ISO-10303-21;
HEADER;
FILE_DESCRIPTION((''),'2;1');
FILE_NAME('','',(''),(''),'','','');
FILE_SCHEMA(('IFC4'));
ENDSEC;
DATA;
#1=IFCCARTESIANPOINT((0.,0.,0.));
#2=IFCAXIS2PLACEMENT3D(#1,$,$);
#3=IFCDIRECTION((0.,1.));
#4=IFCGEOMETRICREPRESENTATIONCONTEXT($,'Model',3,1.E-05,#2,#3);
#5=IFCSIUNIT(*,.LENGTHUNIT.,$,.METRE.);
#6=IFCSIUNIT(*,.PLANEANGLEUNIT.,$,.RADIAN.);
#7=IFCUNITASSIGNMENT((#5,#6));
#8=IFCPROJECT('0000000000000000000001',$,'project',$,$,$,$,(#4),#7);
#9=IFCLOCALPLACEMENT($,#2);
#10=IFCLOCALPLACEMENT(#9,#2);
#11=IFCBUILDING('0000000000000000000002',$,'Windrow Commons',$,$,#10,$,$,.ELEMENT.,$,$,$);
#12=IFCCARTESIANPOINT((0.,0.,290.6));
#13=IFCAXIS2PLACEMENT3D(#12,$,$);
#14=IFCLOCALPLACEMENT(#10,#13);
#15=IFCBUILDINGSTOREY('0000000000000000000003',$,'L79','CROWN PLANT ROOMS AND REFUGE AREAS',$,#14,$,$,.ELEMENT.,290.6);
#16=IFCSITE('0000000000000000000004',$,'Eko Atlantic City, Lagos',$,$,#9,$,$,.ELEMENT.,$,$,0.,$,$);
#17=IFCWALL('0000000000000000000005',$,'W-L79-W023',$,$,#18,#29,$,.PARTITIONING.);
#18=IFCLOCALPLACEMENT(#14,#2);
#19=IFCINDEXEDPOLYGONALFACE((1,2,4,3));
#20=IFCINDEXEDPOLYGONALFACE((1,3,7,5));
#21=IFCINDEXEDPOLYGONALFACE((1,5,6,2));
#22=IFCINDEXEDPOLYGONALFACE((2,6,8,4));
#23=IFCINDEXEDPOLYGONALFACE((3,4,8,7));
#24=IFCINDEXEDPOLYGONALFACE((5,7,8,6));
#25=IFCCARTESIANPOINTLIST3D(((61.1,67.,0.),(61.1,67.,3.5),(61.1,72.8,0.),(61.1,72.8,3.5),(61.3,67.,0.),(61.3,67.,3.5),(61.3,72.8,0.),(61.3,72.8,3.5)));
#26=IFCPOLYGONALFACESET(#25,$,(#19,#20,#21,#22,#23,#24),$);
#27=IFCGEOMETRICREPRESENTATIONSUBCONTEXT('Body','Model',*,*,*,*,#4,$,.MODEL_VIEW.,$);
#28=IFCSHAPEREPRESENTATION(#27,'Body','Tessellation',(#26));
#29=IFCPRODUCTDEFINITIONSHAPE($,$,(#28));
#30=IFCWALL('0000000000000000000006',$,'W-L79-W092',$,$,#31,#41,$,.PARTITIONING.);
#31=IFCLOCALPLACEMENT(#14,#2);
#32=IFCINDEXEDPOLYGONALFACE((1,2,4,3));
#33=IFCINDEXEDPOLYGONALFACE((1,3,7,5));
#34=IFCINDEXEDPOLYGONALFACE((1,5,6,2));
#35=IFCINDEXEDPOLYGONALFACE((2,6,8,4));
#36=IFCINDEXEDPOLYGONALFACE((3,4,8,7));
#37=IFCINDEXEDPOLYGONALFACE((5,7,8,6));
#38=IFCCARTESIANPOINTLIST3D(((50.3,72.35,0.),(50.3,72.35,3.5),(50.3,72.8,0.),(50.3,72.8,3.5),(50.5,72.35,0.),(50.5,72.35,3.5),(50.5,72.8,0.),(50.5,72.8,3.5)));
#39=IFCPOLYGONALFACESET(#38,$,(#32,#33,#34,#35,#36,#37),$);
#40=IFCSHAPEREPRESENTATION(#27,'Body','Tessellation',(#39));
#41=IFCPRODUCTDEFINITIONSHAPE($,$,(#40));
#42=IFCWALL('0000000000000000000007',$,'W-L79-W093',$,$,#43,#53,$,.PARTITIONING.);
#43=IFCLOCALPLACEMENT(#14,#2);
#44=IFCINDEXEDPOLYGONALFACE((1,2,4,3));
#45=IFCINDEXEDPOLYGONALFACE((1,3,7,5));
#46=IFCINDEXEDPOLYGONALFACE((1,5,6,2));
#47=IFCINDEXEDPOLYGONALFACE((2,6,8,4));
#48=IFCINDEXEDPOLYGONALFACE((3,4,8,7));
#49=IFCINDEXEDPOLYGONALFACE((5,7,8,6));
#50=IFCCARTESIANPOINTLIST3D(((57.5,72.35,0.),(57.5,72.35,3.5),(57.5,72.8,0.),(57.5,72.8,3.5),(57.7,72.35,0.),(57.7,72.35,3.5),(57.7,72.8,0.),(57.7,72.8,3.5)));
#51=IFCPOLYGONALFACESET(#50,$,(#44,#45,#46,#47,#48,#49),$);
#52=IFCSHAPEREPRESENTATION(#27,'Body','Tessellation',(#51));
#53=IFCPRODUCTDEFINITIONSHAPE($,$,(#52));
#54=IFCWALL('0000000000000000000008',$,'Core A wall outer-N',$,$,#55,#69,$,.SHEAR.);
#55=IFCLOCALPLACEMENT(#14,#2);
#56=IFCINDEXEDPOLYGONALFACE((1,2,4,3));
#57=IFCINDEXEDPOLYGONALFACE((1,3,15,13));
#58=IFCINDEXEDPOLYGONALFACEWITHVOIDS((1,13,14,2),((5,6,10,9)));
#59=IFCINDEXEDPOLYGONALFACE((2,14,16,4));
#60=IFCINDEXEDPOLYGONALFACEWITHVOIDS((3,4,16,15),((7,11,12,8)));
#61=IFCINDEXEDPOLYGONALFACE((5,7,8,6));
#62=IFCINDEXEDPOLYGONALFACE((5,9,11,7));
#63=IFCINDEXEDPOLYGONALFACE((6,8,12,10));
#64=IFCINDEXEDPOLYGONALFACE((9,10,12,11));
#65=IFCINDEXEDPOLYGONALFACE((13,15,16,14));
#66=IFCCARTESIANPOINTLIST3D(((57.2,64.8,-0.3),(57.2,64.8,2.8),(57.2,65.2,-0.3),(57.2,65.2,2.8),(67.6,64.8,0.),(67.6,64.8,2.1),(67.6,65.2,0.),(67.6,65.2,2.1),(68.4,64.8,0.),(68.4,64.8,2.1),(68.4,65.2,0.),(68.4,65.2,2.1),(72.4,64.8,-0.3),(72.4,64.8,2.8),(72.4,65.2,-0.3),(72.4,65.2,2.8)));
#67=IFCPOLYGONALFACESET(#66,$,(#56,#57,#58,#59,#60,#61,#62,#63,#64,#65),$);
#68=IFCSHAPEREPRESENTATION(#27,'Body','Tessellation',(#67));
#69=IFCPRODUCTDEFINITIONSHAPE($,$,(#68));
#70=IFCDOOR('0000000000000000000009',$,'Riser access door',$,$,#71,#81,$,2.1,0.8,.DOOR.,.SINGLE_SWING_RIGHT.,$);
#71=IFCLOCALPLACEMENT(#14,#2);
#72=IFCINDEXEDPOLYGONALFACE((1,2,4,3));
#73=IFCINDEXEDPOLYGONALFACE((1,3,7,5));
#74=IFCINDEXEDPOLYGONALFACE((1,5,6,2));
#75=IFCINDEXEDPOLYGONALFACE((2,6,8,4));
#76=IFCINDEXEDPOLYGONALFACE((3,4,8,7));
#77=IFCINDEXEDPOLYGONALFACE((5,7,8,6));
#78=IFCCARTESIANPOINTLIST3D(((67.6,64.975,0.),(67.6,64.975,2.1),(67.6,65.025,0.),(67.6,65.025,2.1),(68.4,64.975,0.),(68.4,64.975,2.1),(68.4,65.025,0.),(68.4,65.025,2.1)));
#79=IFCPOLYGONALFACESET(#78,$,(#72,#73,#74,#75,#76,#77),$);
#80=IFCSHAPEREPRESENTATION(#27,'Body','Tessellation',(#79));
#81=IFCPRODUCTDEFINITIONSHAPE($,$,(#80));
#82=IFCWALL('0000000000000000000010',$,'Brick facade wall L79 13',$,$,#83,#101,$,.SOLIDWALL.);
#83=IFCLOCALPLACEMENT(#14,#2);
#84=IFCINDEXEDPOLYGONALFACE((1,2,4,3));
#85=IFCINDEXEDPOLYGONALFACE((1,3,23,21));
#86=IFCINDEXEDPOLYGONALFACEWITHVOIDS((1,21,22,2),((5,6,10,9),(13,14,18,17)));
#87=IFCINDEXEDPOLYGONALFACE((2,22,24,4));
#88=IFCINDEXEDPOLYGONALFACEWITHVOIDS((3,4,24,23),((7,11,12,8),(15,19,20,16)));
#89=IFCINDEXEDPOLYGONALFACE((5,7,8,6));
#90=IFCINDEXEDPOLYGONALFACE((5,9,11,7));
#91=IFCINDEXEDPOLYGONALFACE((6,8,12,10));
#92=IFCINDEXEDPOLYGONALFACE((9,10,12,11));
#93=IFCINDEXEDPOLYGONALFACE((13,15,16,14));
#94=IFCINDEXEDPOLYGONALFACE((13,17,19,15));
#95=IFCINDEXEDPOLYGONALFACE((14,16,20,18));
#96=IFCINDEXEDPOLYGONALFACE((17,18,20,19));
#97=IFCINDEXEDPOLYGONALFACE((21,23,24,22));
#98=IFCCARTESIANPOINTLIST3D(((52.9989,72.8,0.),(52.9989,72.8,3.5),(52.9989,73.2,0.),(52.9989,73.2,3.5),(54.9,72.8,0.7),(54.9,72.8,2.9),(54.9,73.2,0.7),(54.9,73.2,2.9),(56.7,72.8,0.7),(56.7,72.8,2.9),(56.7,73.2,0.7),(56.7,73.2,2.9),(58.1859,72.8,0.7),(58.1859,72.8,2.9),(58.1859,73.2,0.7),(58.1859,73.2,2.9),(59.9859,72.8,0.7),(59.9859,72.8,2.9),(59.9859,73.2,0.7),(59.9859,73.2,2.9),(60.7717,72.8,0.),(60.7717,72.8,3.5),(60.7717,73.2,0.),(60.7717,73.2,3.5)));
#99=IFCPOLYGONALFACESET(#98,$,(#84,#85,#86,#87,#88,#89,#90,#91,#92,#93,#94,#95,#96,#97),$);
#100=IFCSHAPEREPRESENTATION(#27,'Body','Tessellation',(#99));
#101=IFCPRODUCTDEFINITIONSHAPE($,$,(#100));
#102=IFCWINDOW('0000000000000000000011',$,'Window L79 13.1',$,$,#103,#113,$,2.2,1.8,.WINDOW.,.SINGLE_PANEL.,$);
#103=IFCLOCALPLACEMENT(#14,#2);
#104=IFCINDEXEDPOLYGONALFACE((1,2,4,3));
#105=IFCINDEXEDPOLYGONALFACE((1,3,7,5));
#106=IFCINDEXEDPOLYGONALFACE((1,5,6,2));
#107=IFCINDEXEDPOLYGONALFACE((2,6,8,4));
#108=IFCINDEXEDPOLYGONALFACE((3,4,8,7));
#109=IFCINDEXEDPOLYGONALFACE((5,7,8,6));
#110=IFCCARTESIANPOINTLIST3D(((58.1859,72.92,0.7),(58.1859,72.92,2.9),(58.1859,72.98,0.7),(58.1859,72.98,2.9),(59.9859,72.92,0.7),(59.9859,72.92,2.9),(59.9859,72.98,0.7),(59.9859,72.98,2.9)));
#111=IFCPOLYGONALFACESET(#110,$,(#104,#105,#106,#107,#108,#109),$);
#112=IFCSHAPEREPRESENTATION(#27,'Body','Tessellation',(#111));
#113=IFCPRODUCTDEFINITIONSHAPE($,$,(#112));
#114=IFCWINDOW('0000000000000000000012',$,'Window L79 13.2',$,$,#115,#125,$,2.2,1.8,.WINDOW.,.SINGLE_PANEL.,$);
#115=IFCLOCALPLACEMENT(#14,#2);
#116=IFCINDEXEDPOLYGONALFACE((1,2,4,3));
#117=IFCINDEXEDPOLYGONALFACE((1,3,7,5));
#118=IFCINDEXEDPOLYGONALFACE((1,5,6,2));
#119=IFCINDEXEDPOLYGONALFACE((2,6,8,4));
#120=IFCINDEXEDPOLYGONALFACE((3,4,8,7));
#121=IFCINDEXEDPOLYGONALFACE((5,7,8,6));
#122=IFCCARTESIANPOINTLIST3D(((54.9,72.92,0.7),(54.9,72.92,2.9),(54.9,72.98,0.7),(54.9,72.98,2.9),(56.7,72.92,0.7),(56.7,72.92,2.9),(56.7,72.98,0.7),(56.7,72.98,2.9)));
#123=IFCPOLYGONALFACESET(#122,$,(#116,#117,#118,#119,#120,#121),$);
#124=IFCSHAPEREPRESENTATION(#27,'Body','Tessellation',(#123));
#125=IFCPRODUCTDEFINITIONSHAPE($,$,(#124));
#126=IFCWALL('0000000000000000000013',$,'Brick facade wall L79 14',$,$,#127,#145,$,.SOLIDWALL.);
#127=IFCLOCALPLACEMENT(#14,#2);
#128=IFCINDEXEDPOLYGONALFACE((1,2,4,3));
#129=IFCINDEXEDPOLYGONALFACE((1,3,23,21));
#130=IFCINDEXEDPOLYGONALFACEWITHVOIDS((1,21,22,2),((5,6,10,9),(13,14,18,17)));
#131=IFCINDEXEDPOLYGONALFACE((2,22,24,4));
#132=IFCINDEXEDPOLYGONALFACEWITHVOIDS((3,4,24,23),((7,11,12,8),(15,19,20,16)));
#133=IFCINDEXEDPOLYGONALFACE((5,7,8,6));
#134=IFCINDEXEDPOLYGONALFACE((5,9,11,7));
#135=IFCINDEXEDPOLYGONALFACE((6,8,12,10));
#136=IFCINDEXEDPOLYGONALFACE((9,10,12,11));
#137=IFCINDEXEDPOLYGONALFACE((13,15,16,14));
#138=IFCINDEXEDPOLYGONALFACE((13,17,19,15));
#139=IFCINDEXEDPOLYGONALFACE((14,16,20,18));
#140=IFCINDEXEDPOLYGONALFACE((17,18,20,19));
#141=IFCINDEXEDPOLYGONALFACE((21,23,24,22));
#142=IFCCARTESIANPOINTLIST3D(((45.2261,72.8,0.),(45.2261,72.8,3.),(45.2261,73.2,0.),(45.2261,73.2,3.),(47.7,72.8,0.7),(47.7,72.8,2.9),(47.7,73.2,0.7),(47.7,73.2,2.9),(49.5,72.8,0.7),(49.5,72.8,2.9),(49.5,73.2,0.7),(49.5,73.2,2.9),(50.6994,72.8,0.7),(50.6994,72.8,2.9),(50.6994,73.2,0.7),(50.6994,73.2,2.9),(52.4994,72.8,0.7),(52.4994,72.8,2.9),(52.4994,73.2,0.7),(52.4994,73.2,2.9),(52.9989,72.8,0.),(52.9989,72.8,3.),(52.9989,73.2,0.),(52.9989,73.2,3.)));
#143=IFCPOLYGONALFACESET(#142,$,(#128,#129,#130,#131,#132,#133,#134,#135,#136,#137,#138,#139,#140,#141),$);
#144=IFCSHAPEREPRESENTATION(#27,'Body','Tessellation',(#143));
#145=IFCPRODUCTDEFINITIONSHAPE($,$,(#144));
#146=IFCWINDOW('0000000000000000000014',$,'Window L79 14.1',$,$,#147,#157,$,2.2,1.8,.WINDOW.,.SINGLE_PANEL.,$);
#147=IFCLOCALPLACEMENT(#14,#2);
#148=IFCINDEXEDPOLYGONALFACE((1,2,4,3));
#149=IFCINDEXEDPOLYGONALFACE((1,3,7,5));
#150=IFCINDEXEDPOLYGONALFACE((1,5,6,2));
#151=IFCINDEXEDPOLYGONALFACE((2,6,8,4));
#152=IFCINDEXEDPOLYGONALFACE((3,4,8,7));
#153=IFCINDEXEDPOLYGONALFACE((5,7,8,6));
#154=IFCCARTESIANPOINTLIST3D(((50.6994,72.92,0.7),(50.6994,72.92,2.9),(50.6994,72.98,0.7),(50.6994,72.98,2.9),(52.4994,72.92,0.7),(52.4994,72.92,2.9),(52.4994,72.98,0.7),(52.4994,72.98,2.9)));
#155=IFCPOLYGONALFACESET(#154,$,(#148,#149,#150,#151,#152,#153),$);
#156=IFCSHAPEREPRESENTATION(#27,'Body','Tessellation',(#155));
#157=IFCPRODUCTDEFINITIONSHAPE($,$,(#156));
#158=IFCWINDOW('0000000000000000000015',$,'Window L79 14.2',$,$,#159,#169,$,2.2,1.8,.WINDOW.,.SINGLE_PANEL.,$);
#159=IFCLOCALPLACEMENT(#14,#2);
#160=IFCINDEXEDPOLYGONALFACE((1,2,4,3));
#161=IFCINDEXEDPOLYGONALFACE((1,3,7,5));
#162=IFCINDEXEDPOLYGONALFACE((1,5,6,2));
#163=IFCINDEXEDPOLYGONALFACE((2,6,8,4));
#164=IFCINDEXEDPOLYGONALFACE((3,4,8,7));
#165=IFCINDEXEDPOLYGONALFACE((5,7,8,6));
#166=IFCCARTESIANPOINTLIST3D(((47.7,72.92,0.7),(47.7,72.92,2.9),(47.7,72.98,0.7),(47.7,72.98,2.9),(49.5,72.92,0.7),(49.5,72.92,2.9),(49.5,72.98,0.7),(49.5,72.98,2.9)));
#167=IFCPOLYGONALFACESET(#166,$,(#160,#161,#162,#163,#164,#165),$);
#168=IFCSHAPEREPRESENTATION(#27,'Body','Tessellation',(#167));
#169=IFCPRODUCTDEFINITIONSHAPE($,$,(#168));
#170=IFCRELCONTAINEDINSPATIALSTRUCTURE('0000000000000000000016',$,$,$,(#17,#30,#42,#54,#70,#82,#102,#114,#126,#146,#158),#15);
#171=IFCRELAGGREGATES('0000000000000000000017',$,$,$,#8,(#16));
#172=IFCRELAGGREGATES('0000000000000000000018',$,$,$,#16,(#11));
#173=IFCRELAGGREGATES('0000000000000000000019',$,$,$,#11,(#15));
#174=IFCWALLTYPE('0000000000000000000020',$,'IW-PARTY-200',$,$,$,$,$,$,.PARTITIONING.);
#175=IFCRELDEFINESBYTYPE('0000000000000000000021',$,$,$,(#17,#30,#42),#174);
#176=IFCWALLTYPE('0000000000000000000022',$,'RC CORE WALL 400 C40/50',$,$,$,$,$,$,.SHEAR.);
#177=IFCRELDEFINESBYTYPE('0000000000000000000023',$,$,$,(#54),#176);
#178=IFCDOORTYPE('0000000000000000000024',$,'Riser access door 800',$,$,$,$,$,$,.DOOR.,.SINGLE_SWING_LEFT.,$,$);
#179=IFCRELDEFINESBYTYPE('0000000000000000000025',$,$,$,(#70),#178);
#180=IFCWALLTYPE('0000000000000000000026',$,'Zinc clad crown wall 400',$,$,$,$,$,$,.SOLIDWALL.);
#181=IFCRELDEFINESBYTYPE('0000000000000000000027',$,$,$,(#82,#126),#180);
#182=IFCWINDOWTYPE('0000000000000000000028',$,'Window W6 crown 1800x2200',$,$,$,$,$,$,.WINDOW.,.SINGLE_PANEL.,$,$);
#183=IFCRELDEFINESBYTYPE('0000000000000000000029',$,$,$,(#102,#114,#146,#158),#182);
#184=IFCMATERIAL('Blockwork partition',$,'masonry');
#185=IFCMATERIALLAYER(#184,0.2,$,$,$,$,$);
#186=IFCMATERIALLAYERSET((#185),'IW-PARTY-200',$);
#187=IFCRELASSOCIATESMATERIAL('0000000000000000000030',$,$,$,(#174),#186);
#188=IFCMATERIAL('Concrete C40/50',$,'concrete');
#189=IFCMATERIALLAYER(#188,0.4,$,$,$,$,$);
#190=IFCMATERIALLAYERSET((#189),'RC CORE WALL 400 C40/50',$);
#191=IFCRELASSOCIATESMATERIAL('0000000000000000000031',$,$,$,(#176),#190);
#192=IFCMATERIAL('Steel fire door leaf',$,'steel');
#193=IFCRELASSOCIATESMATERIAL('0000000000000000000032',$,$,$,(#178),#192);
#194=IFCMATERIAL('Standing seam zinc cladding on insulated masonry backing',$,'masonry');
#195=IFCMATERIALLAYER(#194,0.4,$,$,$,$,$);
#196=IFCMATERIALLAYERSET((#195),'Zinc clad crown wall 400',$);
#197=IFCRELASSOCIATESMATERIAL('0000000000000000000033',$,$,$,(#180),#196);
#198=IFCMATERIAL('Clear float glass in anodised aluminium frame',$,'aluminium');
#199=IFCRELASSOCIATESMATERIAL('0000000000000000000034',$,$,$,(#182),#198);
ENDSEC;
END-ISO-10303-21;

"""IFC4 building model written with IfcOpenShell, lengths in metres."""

from ifc_helpers import new_model, si_unit, direction, frame, frame_2d, origin, place, context, subcontext, project, spatial, polyline, rectangle, outline, extrude, material, layer, layer_set, type_object, element, fill, save


model = new_model("IFC4")

# Units and contexts
model_context = context("Model", 3, precision=1e-05, world=origin(), true_north=direction((0.0, 1.0)))
body_context = subcontext(model_context, "Body", "Model", "MODEL_VIEW")
ifc_project = project(units=[si_unit("LENGTHUNIT", "METRE"), si_unit("PLANEANGLEUNIT", "RADIAN")], contexts=[model_context])

# Site, building, storey
site_placement = place(None, origin())
site = spatial("IfcSite", under=ifc_project, at=site_placement, Name="Eko Atlantic City, Lagos", CompositionType="ELEMENT", RefElevation=0.0)
building_placement = place(site_placement, origin())
building = spatial("IfcBuilding", under=site, at=building_placement, Name="Windrow Commons", CompositionType="ELEMENT")
storey_placement = place(building_placement, frame((0.0, 0.0, 290.6)))
storey = spatial("IfcBuildingStorey", under=building, at=storey_placement, Name="L79", Description="CROWN PLANT ROOMS AND REFUGE AREAS", CompositionType="ELEMENT", Elevation=290.6)

# Walls
ifc_material_1 = material(Name="Blockwork partition", Category="masonry")
ifc_layer_1 = layer(ifc_material_1, 0.2)
ifc_layer_set_1 = layer_set([ifc_layer_1], Name="IW-PARTY-200")
wall_type_1 = type_object("IfcWallType", Name="IW-PARTY-200", PredefinedType="PARTITIONING", material=ifc_layer_set_1)
wall_1_placement = place(storey_placement, frame((61.2, 67.0, 0.0), z_axis=(0.0, 0.0, 1.0), x_axis=(0.0, 1.0, 0.0)))
element("IfcWall", 1, at=wall_1_placement, inside=storey, type_object=wall_type_1, Name="W-L79-W023", PredefinedType="PARTITIONING", context=body_context, shape_type="SweptSolid", body=[
    extrude(outline(polyline([(0.0, -0.1), (5.8, -0.1), (5.8, 0.1), (0.0, 0.1), (0.0, -0.1)])), origin(), (0.0, 0.0, 1.0), 3.5),
])
for number, where, z_axis, x_axis, name in (
    (2, (50.4, 72.35, 0.0), (0.0, 0.0, 1.0), (0.0, 1.0, 0.0), "W-L79-W092"),
    (3, (57.6, 72.35, 0.0), (0.0, 0.0, 1.0), (0.0, 1.0, 0.0), "W-L79-W093"),
):
    element("IfcWall", number, at=place(storey_placement, frame(where, z_axis=z_axis, x_axis=x_axis)), inside=storey, type_object=wall_type_1, Name=name, PredefinedType="PARTITIONING", context=body_context, shape_type="SweptSolid", body=[
        extrude(outline(polyline([(0.0, -0.1), (0.45, -0.1), (0.45, 0.1), (0.0, 0.1), (0.0, -0.1)])), origin(), (0.0, 0.0, 1.0), 3.5),
    ])

# Wall, opening, door
ifc_material_2 = material(Name="Concrete C40/50", Category="concrete")
ifc_layer_2 = layer(ifc_material_2, 0.4)
ifc_layer_set_2 = layer_set([ifc_layer_2], Name="RC CORE WALL 400 C40/50")
wall_type_2 = type_object("IfcWallType", Name="RC CORE WALL 400 C40/50", PredefinedType="SHEAR", material=ifc_layer_set_2)
wall_2_placement = place(storey_placement, frame((57.2, 65.0, -0.3), z_axis=(0.0, 0.0, 1.0), x_axis=(1.0, 0.0, 0.0)))
wall_2 = element("IfcWall", 4, at=wall_2_placement, inside=storey, type_object=wall_type_2, Name="Core A wall outer-N", PredefinedType="SHEAR", context=body_context, shape_type="SweptSolid", body=[
    extrude(rectangle(XDim=15.2, YDim=0.4, at=frame_2d((7.6, 0.0))), origin(), (0.0, 0.0, 1.0), 3.1),
])
opening_1_placement = place(wall_2_placement, frame((10.4, 0.0, 0.3)))
opening_1 = element("IfcOpeningElement", 5, at=opening_1_placement, cuts=wall_2, PredefinedType="OPENING", context=body_context, shape_type="SweptSolid", body=[
    extrude(rectangle(XDim=0.8, YDim=2.1, at=frame_2d((0.4, 1.05))), frame((0.0, 0.21, 0.0), z_axis=(0.0, -1.0, 0.0), x_axis=(1.0, 0.0, 0.0)), (0.0, 0.0, 1.0), 0.42),
])
ifc_material_3 = material(Name="Steel fire door leaf", Category="steel")
door_type_1 = type_object("IfcDoorType", Name="Riser access door 800", OperationType="SINGLE_SWING_LEFT", PredefinedType="DOOR", material=ifc_material_3)
door_1_placement = place(opening_1_placement, origin())
door_1 = element("IfcDoor", 6, at=door_1_placement, inside=storey, type_object=door_type_1, Name="Riser access door", OperationType="SINGLE_SWING_RIGHT", OverallHeight=2.1, OverallWidth=0.8, PredefinedType="DOOR", context=body_context, shape_type="SweptSolid", body=[
    extrude(rectangle(XDim=0.8, YDim=2.1, at=frame_2d((0.4, 1.05))), frame((0.0, 0.025, 0.0), z_axis=(0.0, -1.0, 0.0), x_axis=(1.0, 0.0, 0.0)), (0.0, 0.0, 1.0), 0.05),
])
fill(opening_1, door_1)

# Walls, openings, windows
ifc_material_4 = material(Name="Standing seam zinc cladding on insulated masonry backing", Category="masonry")
ifc_layer_3 = layer(ifc_material_4, 0.4)
ifc_layer_set_3 = layer_set([ifc_layer_3], Name="Zinc clad crown wall 400")
wall_type_3 = type_object("IfcWallType", Name="Zinc clad crown wall 400", PredefinedType="SOLIDWALL", material=ifc_layer_set_3)
wall_3_placement = place(storey_placement, frame((60.7717, 73.0, 0.0), z_axis=(0.0, 0.0, 1.0), x_axis=(-1.0, 0.0, 0.0)))
wall_3 = element("IfcWall", 7, at=wall_3_placement, inside=storey, type_object=wall_type_3, Name="Brick facade wall L79 13", PredefinedType="SOLIDWALL", context=body_context, shape_type="SweptSolid", body=[
    extrude(outline(polyline([(0.0, -0.2), (7.7728, -0.2), (7.7728, 0.2), (0.0, 0.2), (0.0, -0.2)])), origin(), (0.0, 0.0, 1.0), 3.5),
])
opening_2_placement = place(wall_3_placement, frame((0.7858, 0.0, 0.7)))
opening_2 = element("IfcOpeningElement", 8, at=opening_2_placement, cuts=wall_3, PredefinedType="OPENING", context=body_context, shape_type="SweptSolid", body=[
    extrude(rectangle(XDim=1.8, YDim=2.2, at=frame_2d((0.9, 1.1))), frame((0.0, 0.21, 0.0), z_axis=(0.0, -1.0, 0.0), x_axis=(1.0, 0.0, 0.0)), (0.0, 0.0, 1.0), 0.42),
])
opening_3_placement = place(wall_3_placement, frame((4.0717, 0.0, 0.7)))
opening_3 = element("IfcOpeningElement", 9, at=opening_3_placement, cuts=wall_3, PredefinedType="OPENING", context=body_context, shape_type="SweptSolid", body=[
    extrude(rectangle(XDim=1.8, YDim=2.2, at=frame_2d((0.9, 1.1))), frame((0.0, 0.21, 0.0), z_axis=(0.0, -1.0, 0.0), x_axis=(1.0, 0.0, 0.0)), (0.0, 0.0, 1.0), 0.42),
])
ifc_material_5 = material(Name="Clear float glass in anodised aluminium frame", Category="aluminium")
window_type = type_object("IfcWindowType", Name="Window W6 crown 1800x2200", PartitioningType="SINGLE_PANEL", PredefinedType="WINDOW", material=ifc_material_5)
window_1_placement = place(opening_2_placement, origin())
window_1 = element("IfcWindow", 10, at=window_1_placement, inside=storey, type_object=window_type, Name="Window L79 13.1", OverallHeight=2.2, OverallWidth=1.8, PartitioningType="SINGLE_PANEL", PredefinedType="WINDOW", context=body_context, shape_type="SweptSolid", body=[
    extrude(rectangle(XDim=1.8, YDim=2.2, at=frame_2d((0.9, 1.1))), frame((0.0, 0.08, 0.0), z_axis=(0.0, -1.0, 0.0), x_axis=(1.0, 0.0, 0.0)), (0.0, 0.0, 1.0), 0.06),
])
fill(opening_2, window_1)
window_2_placement = place(opening_3_placement, origin())
window_2 = element("IfcWindow", 11, at=window_2_placement, inside=storey, type_object=window_type, Name="Window L79 13.2", OverallHeight=2.2, OverallWidth=1.8, PartitioningType="SINGLE_PANEL", PredefinedType="WINDOW", context=body_context, shape_type="SweptSolid", body=[
    extrude(rectangle(XDim=1.8, YDim=2.2, at=frame_2d((0.9, 1.1))), frame((0.0, 0.08, 0.0), z_axis=(0.0, -1.0, 0.0), x_axis=(1.0, 0.0, 0.0)), (0.0, 0.0, 1.0), 0.06),
])
fill(opening_3, window_2)
wall_4_placement = place(storey_placement, frame((52.9989, 73.0, 0.0), z_axis=(0.0, 0.0, 1.0), x_axis=(-1.0, 0.0, 0.0)))
wall_4 = element("IfcWall", 12, at=wall_4_placement, inside=storey, type_object=wall_type_3, Name="Brick facade wall L79 14", PredefinedType="SOLIDWALL", context=body_context, shape_type="SweptSolid", body=[
    extrude(outline(polyline([(0.0, -0.2), (7.7728, -0.2), (7.7728, 0.2), (0.0, 0.2), (0.0, -0.2)])), origin(), (0.0, 0.0, 1.0), 3.0),
])
opening_4_placement = place(wall_4_placement, frame((0.4995, 0.0, 0.7)))
opening_4 = element("IfcOpeningElement", 13, at=opening_4_placement, cuts=wall_4, PredefinedType="OPENING", context=body_context, shape_type="SweptSolid", body=[
    extrude(rectangle(XDim=1.8, YDim=2.2, at=frame_2d((0.9, 1.1))), frame((0.0, 0.21, 0.0), z_axis=(0.0, -1.0, 0.0), x_axis=(1.0, 0.0, 0.0)), (0.0, 0.0, 1.0), 0.42),
])
opening_5_placement = place(wall_4_placement, frame((3.4989, 0.0, 0.7)))
opening_5 = element("IfcOpeningElement", 14, at=opening_5_placement, cuts=wall_4, PredefinedType="OPENING", context=body_context, shape_type="SweptSolid", body=[
    extrude(rectangle(XDim=1.8, YDim=2.2, at=frame_2d((0.9, 1.1))), frame((0.0, 0.21, 0.0), z_axis=(0.0, -1.0, 0.0), x_axis=(1.0, 0.0, 0.0)), (0.0, 0.0, 1.0), 0.42),
])
window_3_placement = place(opening_4_placement, origin())
window_3 = element("IfcWindow", 15, at=window_3_placement, inside=storey, type_object=window_type, Name="Window L79 14.1", OverallHeight=2.2, OverallWidth=1.8, PartitioningType="SINGLE_PANEL", PredefinedType="WINDOW", context=body_context, shape_type="SweptSolid", body=[
    extrude(rectangle(XDim=1.8, YDim=2.2, at=frame_2d((0.9, 1.1))), frame((0.0, 0.08, 0.0), z_axis=(0.0, -1.0, 0.0), x_axis=(1.0, 0.0, 0.0)), (0.0, 0.0, 1.0), 0.06),
])
fill(opening_4, window_3)
window_4_placement = place(opening_5_placement, origin())
window_4 = element("IfcWindow", 16, at=window_4_placement, inside=storey, type_object=window_type, Name="Window L79 14.2", OverallHeight=2.2, OverallWidth=1.8, PartitioningType="SINGLE_PANEL", PredefinedType="WINDOW", context=body_context, shape_type="SweptSolid", body=[
    extrude(rectangle(XDim=1.8, YDim=2.2, at=frame_2d((0.9, 1.1))), frame((0.0, 0.08, 0.0), z_axis=(0.0, -1.0, 0.0), x_axis=(1.0, 0.0, 0.0)), (0.0, 0.0, 1.0), 0.06),
])
fill(opening_5, window_4)

save(model, "model.ifc")
